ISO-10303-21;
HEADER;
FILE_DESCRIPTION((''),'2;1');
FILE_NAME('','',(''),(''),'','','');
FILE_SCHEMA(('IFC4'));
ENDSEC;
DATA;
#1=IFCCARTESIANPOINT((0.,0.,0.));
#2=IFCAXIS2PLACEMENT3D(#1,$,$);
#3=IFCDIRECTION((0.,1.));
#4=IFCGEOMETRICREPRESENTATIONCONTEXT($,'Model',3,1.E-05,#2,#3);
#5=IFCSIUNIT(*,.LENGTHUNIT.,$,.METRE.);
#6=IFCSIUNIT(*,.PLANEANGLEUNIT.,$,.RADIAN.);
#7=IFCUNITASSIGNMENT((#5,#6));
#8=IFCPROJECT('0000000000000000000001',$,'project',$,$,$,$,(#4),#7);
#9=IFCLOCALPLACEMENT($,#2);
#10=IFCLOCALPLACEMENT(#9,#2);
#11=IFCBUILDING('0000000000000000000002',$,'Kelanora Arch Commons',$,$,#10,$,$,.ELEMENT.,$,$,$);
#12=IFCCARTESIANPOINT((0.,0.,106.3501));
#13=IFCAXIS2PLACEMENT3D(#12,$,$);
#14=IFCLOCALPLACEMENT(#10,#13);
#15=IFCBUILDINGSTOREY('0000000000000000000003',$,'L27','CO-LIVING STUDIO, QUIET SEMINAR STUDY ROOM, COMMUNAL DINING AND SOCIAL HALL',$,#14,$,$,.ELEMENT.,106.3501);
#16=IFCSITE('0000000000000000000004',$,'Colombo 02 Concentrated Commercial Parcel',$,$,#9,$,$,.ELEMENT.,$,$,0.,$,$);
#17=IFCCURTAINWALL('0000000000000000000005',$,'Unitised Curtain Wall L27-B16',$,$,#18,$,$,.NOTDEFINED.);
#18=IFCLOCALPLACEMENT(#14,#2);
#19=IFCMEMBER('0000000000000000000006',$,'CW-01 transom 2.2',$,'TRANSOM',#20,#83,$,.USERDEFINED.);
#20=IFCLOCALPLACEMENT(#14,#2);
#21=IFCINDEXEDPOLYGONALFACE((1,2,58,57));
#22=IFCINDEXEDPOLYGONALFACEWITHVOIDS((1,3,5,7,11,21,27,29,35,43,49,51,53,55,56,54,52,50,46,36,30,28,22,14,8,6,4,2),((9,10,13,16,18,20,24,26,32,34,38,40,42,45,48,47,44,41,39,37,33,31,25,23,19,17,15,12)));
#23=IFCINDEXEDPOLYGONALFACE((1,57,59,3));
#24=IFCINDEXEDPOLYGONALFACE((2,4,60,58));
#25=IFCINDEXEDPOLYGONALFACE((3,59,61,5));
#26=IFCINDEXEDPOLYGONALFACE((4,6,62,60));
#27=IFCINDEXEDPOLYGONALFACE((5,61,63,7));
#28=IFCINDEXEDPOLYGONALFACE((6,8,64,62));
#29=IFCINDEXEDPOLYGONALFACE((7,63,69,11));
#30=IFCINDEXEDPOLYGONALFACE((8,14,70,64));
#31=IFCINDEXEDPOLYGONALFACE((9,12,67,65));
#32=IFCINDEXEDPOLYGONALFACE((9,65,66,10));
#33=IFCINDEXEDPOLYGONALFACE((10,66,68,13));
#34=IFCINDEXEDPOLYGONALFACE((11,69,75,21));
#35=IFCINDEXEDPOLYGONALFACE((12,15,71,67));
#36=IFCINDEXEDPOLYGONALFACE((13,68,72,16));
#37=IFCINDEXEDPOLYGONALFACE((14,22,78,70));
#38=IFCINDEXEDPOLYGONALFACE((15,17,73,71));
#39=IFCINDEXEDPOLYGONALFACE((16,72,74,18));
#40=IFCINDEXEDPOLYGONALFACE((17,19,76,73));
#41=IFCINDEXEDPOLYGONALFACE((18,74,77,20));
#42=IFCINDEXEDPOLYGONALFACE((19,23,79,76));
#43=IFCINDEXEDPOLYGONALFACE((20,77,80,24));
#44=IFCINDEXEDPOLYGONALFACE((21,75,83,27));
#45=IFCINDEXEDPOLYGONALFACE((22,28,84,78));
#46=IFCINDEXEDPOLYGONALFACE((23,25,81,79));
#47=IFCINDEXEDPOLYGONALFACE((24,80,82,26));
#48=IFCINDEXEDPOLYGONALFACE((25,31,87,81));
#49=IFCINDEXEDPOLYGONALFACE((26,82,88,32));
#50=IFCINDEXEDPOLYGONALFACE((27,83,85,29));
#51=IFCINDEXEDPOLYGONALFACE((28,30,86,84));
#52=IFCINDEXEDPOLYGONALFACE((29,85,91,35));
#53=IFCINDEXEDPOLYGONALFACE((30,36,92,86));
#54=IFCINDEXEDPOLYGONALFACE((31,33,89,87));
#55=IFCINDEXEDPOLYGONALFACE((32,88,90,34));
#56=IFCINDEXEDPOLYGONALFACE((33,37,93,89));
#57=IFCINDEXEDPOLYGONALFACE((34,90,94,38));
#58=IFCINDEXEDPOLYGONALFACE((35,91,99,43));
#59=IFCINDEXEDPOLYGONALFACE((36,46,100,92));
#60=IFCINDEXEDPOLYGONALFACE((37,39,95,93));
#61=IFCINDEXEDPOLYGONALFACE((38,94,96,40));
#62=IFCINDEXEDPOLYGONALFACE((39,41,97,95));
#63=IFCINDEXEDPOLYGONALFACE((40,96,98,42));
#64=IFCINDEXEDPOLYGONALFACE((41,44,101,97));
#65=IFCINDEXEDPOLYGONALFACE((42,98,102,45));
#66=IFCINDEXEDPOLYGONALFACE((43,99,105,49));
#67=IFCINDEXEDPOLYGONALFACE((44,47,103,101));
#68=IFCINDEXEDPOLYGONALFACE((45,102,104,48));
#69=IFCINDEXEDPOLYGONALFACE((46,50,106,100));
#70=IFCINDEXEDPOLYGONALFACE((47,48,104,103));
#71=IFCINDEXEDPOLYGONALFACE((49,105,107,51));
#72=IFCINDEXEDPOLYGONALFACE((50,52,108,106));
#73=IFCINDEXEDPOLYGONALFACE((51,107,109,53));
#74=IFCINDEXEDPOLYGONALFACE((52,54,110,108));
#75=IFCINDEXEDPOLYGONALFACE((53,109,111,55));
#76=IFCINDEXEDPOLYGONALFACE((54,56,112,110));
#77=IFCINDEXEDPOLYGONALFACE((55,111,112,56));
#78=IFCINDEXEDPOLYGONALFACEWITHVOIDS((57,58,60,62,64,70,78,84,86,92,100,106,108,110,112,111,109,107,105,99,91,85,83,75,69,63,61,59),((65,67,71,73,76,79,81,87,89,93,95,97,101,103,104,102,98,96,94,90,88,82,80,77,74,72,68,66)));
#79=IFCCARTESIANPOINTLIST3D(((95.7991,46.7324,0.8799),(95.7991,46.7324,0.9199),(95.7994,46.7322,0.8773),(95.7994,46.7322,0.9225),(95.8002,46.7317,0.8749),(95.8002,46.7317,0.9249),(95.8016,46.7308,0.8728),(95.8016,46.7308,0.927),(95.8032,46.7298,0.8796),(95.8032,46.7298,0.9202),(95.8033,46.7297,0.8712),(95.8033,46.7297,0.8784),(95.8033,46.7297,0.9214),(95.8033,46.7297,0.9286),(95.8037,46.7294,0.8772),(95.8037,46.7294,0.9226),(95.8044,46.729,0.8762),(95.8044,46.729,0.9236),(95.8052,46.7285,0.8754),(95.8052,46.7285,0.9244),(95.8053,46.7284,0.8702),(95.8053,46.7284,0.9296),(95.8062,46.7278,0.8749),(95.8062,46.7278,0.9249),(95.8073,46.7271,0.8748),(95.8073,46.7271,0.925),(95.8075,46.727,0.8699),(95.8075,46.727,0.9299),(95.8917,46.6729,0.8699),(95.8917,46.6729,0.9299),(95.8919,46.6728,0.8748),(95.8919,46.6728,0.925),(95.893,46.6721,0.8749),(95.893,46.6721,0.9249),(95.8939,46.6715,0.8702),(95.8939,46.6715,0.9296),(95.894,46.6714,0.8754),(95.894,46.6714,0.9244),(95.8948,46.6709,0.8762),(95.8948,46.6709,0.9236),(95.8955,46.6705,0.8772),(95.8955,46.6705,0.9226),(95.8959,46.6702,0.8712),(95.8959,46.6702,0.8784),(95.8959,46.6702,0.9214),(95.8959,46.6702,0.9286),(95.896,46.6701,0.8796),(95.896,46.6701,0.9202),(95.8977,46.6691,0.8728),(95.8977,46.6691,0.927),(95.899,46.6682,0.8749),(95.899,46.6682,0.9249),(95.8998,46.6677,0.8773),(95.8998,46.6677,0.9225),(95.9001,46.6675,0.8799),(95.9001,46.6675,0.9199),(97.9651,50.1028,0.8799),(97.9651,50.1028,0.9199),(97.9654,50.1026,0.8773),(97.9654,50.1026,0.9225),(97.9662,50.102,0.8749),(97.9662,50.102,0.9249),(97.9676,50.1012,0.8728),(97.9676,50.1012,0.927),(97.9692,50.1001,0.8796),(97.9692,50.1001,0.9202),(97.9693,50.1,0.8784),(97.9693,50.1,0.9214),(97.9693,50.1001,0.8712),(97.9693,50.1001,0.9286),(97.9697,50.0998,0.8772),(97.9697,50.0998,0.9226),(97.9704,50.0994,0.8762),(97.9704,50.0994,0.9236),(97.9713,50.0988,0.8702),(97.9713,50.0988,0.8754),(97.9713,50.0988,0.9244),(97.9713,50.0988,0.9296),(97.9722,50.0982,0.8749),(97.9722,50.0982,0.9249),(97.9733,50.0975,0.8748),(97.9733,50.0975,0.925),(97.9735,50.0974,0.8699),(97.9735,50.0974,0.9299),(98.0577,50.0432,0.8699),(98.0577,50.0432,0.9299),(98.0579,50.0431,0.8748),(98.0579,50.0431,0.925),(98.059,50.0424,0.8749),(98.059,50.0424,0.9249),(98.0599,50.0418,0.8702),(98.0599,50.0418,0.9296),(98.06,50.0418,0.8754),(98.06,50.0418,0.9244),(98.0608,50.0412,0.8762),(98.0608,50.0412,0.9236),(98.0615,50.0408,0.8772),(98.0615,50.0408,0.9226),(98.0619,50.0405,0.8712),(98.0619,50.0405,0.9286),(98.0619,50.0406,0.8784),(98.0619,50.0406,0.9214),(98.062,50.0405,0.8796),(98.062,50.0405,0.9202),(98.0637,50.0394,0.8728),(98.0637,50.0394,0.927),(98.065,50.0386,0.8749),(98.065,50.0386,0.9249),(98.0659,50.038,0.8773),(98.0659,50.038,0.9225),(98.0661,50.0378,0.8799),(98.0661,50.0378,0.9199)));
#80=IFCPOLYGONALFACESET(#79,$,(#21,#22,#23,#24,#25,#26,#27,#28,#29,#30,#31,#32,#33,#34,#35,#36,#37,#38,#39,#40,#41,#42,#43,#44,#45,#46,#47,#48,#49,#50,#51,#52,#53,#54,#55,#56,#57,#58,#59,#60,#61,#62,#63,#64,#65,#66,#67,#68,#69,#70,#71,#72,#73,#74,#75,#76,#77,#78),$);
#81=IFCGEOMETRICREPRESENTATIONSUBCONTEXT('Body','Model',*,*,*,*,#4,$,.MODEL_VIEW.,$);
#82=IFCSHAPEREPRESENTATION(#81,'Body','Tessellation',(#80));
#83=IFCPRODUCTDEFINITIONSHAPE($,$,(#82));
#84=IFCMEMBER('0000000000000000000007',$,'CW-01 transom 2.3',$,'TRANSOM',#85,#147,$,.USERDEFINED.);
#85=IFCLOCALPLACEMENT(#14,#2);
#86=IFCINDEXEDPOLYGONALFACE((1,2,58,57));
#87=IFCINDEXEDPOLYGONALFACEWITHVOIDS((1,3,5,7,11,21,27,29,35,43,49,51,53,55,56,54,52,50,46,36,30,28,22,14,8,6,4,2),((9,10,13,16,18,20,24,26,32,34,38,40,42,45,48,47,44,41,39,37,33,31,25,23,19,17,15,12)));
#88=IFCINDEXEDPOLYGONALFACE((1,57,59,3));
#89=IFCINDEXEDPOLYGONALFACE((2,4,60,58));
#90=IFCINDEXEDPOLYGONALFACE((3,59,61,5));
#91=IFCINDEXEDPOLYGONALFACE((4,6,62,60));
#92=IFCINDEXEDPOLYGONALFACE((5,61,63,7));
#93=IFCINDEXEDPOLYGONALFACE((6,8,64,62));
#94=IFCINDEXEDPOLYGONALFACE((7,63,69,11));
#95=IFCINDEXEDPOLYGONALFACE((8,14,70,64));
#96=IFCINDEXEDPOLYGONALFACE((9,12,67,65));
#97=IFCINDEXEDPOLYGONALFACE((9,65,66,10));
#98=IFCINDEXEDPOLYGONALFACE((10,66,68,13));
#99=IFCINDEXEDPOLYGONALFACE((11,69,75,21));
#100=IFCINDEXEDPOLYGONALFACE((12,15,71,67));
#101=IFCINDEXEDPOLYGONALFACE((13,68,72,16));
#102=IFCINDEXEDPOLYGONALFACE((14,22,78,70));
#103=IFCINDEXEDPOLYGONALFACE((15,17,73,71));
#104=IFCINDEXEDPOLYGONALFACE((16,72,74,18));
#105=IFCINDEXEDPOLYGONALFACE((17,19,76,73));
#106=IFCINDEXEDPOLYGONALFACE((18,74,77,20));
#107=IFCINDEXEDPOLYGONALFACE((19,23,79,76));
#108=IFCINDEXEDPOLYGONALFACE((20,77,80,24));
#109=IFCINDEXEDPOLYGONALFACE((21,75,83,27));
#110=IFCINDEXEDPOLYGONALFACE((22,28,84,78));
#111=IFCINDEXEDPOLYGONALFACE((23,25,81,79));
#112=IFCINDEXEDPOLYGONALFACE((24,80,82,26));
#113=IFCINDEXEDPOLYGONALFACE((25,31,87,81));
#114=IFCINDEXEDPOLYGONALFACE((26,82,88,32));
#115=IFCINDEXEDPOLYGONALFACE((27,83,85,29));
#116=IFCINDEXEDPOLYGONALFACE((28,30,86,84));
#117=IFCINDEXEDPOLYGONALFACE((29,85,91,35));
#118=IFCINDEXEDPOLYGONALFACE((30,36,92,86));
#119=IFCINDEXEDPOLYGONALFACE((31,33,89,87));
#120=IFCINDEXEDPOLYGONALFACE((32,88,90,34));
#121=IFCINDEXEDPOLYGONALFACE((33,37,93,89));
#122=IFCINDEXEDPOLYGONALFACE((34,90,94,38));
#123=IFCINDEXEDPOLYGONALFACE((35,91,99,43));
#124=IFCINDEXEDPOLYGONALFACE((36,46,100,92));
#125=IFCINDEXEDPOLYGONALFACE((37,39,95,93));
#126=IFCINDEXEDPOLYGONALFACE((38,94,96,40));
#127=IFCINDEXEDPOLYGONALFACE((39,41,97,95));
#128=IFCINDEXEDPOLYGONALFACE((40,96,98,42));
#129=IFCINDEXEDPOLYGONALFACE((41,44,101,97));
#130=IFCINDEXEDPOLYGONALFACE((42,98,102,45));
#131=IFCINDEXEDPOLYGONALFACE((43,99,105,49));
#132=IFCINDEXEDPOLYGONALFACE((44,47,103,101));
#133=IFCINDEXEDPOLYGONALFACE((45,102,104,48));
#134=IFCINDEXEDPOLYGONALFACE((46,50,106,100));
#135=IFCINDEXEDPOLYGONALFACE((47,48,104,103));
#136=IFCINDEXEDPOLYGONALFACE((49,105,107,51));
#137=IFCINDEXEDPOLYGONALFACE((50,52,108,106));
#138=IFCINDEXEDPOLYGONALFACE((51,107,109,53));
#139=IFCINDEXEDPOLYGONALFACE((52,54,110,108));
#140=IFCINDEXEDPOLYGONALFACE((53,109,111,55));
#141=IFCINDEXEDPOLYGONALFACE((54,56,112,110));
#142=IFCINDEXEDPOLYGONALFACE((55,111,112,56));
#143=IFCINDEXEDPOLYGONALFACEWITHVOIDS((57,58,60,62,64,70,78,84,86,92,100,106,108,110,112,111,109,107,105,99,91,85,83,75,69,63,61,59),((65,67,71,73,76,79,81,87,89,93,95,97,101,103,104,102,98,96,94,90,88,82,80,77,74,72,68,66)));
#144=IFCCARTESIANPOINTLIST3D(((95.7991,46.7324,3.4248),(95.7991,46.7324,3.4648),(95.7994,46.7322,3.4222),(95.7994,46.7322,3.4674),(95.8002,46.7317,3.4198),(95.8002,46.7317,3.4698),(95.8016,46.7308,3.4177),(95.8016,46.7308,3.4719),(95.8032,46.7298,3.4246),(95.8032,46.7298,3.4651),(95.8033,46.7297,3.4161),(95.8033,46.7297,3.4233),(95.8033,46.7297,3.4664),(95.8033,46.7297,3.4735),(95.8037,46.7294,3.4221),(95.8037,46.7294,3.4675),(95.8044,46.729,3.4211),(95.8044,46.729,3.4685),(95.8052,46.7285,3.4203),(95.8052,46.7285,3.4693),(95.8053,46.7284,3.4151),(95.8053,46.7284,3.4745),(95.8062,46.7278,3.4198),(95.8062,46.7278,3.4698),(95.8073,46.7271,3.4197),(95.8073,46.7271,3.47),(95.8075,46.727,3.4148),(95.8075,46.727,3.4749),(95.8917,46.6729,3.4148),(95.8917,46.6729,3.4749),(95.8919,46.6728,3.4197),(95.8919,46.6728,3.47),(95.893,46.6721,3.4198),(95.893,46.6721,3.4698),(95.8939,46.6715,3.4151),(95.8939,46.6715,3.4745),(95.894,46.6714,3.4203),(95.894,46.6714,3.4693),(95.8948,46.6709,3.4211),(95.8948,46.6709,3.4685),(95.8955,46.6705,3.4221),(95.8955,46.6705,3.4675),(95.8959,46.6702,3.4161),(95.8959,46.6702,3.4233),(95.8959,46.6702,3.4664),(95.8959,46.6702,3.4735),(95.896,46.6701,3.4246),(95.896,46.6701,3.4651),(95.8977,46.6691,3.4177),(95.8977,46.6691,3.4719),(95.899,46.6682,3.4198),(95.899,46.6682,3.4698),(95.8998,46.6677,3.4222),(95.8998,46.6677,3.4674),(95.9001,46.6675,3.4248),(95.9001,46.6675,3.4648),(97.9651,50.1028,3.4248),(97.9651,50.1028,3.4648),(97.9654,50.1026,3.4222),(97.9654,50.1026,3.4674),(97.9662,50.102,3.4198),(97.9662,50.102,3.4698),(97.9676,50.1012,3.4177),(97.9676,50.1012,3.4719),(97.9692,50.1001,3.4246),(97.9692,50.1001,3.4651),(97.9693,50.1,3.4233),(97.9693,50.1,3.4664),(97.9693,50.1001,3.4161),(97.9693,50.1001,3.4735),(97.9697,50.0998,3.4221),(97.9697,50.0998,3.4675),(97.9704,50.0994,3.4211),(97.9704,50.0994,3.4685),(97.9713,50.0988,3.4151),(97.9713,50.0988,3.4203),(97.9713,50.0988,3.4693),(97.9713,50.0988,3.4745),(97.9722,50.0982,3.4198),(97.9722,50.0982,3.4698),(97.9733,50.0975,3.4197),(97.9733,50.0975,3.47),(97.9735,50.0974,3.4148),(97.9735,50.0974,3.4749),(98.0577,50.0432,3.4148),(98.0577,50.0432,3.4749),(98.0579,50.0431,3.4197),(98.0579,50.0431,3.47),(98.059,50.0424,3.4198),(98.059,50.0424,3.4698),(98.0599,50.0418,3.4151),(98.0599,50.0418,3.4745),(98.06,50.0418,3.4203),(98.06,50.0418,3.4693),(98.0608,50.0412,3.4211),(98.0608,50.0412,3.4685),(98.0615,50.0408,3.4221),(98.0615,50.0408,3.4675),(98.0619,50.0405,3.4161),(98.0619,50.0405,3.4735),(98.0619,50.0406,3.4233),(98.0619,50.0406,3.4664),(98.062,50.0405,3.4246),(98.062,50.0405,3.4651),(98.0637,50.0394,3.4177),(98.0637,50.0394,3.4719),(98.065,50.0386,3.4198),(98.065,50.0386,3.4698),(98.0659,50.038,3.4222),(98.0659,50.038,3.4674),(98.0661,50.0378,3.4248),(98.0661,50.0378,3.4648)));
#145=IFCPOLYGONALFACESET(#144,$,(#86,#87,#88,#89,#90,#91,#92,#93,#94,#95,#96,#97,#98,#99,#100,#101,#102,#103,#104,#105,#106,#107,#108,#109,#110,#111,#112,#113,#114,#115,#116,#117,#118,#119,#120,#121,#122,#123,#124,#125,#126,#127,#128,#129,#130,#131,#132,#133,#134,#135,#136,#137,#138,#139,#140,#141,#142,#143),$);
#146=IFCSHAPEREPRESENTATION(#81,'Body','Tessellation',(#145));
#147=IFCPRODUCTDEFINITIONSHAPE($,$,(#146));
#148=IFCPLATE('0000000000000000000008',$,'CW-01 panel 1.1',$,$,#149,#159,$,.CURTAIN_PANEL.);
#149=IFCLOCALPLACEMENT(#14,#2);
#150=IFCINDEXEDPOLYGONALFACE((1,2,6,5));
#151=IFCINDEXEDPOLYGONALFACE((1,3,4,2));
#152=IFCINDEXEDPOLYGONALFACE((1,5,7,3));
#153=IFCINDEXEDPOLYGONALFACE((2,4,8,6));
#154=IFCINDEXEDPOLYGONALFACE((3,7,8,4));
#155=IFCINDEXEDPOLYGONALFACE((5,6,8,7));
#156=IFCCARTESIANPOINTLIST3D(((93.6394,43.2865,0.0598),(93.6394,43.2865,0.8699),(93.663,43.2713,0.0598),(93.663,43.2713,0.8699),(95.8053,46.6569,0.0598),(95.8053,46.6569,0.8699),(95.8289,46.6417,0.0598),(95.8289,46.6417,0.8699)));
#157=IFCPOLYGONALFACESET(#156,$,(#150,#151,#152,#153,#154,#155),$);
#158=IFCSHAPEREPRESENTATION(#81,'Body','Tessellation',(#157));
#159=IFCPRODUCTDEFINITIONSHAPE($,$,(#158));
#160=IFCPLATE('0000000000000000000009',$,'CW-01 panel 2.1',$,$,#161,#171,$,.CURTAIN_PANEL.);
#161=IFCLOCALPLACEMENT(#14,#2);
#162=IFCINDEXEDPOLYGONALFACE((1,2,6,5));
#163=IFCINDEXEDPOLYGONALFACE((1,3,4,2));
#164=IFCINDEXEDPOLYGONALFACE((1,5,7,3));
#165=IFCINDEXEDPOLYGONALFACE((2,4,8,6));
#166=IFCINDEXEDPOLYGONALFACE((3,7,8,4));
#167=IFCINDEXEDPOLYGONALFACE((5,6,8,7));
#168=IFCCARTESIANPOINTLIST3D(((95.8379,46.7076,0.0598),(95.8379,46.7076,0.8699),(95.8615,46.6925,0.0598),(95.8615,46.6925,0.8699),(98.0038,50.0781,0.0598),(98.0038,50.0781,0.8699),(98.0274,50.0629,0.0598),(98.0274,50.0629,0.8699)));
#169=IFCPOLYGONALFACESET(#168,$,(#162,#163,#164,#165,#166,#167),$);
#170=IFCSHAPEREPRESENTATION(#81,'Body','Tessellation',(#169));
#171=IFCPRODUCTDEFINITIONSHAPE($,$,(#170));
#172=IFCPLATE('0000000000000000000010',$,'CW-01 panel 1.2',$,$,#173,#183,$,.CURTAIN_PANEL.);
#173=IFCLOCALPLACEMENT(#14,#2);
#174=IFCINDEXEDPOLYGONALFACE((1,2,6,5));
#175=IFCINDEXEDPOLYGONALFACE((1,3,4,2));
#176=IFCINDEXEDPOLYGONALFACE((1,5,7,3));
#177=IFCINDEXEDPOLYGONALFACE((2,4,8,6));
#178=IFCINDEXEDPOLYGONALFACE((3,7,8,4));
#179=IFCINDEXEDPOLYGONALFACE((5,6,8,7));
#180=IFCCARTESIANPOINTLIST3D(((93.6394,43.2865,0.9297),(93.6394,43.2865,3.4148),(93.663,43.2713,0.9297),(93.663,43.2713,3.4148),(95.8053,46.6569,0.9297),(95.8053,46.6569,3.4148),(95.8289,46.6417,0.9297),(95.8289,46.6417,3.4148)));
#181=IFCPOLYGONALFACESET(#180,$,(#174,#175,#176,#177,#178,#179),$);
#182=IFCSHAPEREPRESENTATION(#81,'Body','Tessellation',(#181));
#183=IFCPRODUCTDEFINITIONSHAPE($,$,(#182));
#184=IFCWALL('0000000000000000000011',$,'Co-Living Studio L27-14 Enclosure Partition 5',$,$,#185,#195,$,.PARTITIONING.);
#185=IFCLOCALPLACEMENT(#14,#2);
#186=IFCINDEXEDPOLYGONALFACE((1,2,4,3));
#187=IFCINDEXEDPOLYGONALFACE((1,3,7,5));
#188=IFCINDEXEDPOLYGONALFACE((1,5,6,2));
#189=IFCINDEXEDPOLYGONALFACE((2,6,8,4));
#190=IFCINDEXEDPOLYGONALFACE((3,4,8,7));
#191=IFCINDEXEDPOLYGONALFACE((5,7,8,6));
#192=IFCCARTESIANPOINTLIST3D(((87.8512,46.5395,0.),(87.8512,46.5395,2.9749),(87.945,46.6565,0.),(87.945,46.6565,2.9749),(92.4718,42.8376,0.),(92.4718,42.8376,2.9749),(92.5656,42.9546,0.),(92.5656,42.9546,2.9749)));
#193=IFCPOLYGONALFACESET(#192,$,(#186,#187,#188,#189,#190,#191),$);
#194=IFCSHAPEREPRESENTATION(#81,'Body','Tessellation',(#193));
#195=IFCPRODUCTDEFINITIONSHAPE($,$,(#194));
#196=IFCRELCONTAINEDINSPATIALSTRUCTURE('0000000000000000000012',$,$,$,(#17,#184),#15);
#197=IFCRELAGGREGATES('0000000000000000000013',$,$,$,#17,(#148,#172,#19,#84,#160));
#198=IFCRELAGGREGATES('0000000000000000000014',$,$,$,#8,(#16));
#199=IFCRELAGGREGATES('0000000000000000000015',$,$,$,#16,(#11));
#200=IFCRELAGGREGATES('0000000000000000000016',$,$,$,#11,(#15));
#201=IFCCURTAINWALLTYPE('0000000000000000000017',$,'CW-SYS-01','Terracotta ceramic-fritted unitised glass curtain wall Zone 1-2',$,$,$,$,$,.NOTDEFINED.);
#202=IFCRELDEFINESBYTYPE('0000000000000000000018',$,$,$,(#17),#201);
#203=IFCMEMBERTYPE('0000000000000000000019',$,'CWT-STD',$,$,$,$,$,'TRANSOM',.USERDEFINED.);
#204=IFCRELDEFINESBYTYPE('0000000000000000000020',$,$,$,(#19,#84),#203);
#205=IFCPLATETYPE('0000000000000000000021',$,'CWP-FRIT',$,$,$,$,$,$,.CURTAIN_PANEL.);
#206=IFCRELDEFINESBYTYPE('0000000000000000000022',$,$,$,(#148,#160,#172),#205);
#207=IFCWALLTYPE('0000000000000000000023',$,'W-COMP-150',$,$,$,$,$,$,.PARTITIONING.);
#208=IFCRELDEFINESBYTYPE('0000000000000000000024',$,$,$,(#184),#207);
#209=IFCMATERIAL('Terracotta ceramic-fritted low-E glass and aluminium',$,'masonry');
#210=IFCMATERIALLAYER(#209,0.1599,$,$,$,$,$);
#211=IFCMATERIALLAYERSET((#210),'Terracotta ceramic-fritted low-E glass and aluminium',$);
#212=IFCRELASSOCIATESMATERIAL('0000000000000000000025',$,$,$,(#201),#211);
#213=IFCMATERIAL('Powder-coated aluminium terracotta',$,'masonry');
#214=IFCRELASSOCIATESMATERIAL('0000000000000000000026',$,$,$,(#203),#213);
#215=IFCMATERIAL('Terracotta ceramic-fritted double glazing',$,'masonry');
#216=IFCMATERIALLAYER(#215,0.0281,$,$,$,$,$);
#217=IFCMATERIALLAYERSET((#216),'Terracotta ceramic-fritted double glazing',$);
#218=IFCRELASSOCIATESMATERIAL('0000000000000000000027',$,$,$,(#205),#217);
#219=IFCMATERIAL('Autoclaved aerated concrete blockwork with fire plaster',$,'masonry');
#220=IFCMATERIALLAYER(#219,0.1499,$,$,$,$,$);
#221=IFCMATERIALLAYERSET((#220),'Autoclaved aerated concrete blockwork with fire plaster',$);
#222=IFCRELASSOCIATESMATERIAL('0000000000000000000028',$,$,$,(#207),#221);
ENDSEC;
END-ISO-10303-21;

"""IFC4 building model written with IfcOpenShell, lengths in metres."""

from ifc_helpers import new_model, si_unit, direction, frame, frame_2d, origin, origin_2d, place, context, subcontext, project, spatial, rectangle, hollow_rectangle, extrude, source, transform, mapped, material, layer, layer_set, material_profile, profile_set, type_object, element, aggregate, save


model = new_model("IFC4")

# Units and contexts
model_context = context("Model", 3, precision=1e-05, world=origin(), true_north=direction((0.0, 1.0)))
body_context = subcontext(model_context, "Body", "Model", "MODEL_VIEW")
ifc_project = project(units=[si_unit("LENGTHUNIT", "METRE"), si_unit("PLANEANGLEUNIT", "RADIAN")], contexts=[model_context])

# Site, building, storey
site_placement = place(None, origin())
site = spatial("IfcSite", under=ifc_project, at=site_placement, Name="Colombo 02 Concentrated Commercial Parcel", CompositionType="ELEMENT", RefElevation=0.0)
building_placement = place(site_placement, origin())
building = spatial("IfcBuilding", under=site, at=building_placement, Name="Kelanora Arch Commons", CompositionType="ELEMENT")
storey_placement = place(building_placement, frame((0.0, 0.0, 106.3501)))
storey = spatial("IfcBuildingStorey", under=building, at=storey_placement, Name="L27", Description="CO-LIVING STUDIO, QUIET SEMINAR STUDY ROOM, COMMUNAL DINING AND SOCIAL HALL", CompositionType="ELEMENT", Elevation=106.3501)

# Shared definitions
ifc_material_1 = material(Name="Terracotta ceramic-fritted low-E glass and aluminium", Category="masonry")
ifc_layer_1 = layer(ifc_material_1, 0.1599)
ifc_layer_set_1 = layer_set([ifc_layer_1], Name="Terracotta ceramic-fritted low-E glass and aluminium")
curtain_wall_type = type_object("IfcCurtainWallType", Name="CW-SYS-01", Description="Terracotta ceramic-fritted unitised glass curtain wall Zone 1-2", PredefinedType="NOTDEFINED", material=ifc_layer_set_1)
ifc_material_2 = material(Name="Powder-coated aluminium terracotta", Category="masonry")

# Curtain wall, members, plates
curtain_wall_1_placement = place(storey_placement, origin())
curtain_wall_1 = element("IfcCurtainWall", 1, at=curtain_wall_1_placement, inside=storey, type_object=curtain_wall_type, Name="Unitised Curtain Wall L27-B16", PredefinedType="NOTDEFINED")
ifc_material_profile_1 = material_profile(ifc_material_2, hollow_rectangle(XDim=0.1201, YDim=0.0601, WallThickness=0.0049, InnerFilletRadius=0.0049, OuterFilletRadius=0.01, at=origin_2d()), Name="CWT120x60")
ifc_profile_set_1 = profile_set([ifc_material_profile_1], Name="Powder-coated aluminium terracotta")
member_type_1 = type_object("IfcMemberType", Name="CWT-STD", ElementType="TRANSOM", PredefinedType="USERDEFINED", material=ifc_profile_set_1)
member_1_placement = place(storey_placement, frame((95.8496, 46.7, 0.8999), z_axis=(0.540644, 0.841252, 0.0), x_axis=(-0.841252, 0.540644, 0.0)))
member_1 = element("IfcMember", 2, at=member_1_placement, type_object=member_type_1, Name="CW-01 transom 2.2", ObjectType="TRANSOM", PredefinedType="USERDEFINED", context=body_context, shape_type="SweptSolid", body=[
    extrude(hollow_rectangle(XDim=0.1201, YDim=0.0601, WallThickness=0.0049, InnerFilletRadius=0.0049, OuterFilletRadius=0.01, at=origin_2d()), origin(), (0.0, 0.0, 1.0), 4.0063),
])
member_2_placement = place(storey_placement, frame((95.8496, 46.7, 3.4448), z_axis=(0.540644, 0.841252, 0.0), x_axis=(-0.841252, 0.540644, 0.0)))
member_2 = element("IfcMember", 3, at=member_2_placement, type_object=member_type_1, Name="CW-01 transom 2.3", ObjectType="TRANSOM", PredefinedType="USERDEFINED", context=body_context, shape_type="SweptSolid", body=[
    extrude(hollow_rectangle(XDim=0.1201, YDim=0.0601, WallThickness=0.0049, InnerFilletRadius=0.0049, OuterFilletRadius=0.01, at=origin_2d()), origin(), (0.0, 0.0, 1.0), 4.0063),
])
ifc_material_3 = material(Name="Terracotta ceramic-fritted double glazing", Category="masonry")
ifc_layer_2 = layer(ifc_material_3, 0.0281)
ifc_layer_set_2 = layer_set([ifc_layer_2], Name="Terracotta ceramic-fritted double glazing")
plate_type = type_object("IfcPlateType", Name="CWP-FRIT", PredefinedType="CURTAIN_PANEL", material=ifc_layer_set_2)
shared_shape_1 = source(origin(), body_context, "Body", "SweptSolid", [
    extrude(rectangle(XDim=4.0063, YDim=0.0281, at=origin_2d()), origin(), (0.0, 0.0, 1.0), 0.8101),
])
plate_1_placement = place(storey_placement, frame((94.7341, 44.9641, 0.0598), z_axis=(0.0, 0.0, 1.0), x_axis=(0.540617, 0.841269, 0.0)))
plate_1 = element("IfcPlate", 4, at=plate_1_placement, type_object=plate_type, Name="CW-01 panel 1.1", PredefinedType="CURTAIN_PANEL", context=body_context, shape_type="MappedRepresentation", body=[
    mapped(shared_shape_1, transform((0.0, 0.0, 0.0), scale=1.0)),
])
plate_2_placement = place(storey_placement, frame((96.9326, 48.3853, 0.0598), z_axis=(0.0, 0.0, 1.0), x_axis=(0.540617, 0.841269, 0.0)))
plate_2 = element("IfcPlate", 5, at=plate_2_placement, type_object=plate_type, Name="CW-01 panel 2.1", PredefinedType="CURTAIN_PANEL", context=body_context, shape_type="MappedRepresentation", body=[
    mapped(shared_shape_1, transform((0.0, 0.0, 0.0), scale=1.0)),
])
shared_shape_2 = source(origin(), body_context, "Body", "SweptSolid", [
    extrude(rectangle(XDim=4.0063, YDim=0.0281, at=origin_2d()), origin(), (0.0, 0.0, 1.0), 2.4851),
])
plate_3_placement = place(storey_placement, frame((94.7341, 44.9641, 0.9297), z_axis=(0.0, 0.0, 1.0), x_axis=(0.540617, 0.841269, 0.0)))
plate_3 = element("IfcPlate", 6, at=plate_3_placement, type_object=plate_type, Name="CW-01 panel 1.2", PredefinedType="CURTAIN_PANEL", context=body_context, shape_type="MappedRepresentation", body=[
    mapped(shared_shape_2, transform((0.0, 0.0, 0.0), scale=1.0)),
])
aggregate(curtain_wall_1, [plate_1, plate_3, member_1, member_2, plate_2])

# Wall
ifc_material_4 = material(Name="Autoclaved aerated concrete blockwork with fire plaster", Category="masonry")
ifc_layer_3 = layer(ifc_material_4, 0.1499)
ifc_layer_set_3 = layer_set([ifc_layer_3], Name="Autoclaved aerated concrete blockwork with fire plaster")
wall_type_1 = type_object("IfcWallType", Name="W-COMP-150", PredefinedType="PARTITIONING", material=ifc_layer_set_3)
wall_1_placement = place(storey_placement, frame((92.5188, 42.896, 0.0), z_axis=(0.0, 0.0, 1.0), x_axis=(-0.780422, 0.625253, 0.0)))
element("IfcWall", 7, at=wall_1_placement, inside=storey, type_object=wall_type_1, Name="Co-Living Studio L27-14 Enclosure Partition 5", PredefinedType="PARTITIONING", context=body_context, shape_type="SweptSolid", body=[
    extrude(rectangle(XDim=5.9207, YDim=0.1499, at=frame_2d((2.9604, 0.0))), origin(), (0.0, 0.0, 1.0), 2.9749),
])

save(model, "model.ifc")
